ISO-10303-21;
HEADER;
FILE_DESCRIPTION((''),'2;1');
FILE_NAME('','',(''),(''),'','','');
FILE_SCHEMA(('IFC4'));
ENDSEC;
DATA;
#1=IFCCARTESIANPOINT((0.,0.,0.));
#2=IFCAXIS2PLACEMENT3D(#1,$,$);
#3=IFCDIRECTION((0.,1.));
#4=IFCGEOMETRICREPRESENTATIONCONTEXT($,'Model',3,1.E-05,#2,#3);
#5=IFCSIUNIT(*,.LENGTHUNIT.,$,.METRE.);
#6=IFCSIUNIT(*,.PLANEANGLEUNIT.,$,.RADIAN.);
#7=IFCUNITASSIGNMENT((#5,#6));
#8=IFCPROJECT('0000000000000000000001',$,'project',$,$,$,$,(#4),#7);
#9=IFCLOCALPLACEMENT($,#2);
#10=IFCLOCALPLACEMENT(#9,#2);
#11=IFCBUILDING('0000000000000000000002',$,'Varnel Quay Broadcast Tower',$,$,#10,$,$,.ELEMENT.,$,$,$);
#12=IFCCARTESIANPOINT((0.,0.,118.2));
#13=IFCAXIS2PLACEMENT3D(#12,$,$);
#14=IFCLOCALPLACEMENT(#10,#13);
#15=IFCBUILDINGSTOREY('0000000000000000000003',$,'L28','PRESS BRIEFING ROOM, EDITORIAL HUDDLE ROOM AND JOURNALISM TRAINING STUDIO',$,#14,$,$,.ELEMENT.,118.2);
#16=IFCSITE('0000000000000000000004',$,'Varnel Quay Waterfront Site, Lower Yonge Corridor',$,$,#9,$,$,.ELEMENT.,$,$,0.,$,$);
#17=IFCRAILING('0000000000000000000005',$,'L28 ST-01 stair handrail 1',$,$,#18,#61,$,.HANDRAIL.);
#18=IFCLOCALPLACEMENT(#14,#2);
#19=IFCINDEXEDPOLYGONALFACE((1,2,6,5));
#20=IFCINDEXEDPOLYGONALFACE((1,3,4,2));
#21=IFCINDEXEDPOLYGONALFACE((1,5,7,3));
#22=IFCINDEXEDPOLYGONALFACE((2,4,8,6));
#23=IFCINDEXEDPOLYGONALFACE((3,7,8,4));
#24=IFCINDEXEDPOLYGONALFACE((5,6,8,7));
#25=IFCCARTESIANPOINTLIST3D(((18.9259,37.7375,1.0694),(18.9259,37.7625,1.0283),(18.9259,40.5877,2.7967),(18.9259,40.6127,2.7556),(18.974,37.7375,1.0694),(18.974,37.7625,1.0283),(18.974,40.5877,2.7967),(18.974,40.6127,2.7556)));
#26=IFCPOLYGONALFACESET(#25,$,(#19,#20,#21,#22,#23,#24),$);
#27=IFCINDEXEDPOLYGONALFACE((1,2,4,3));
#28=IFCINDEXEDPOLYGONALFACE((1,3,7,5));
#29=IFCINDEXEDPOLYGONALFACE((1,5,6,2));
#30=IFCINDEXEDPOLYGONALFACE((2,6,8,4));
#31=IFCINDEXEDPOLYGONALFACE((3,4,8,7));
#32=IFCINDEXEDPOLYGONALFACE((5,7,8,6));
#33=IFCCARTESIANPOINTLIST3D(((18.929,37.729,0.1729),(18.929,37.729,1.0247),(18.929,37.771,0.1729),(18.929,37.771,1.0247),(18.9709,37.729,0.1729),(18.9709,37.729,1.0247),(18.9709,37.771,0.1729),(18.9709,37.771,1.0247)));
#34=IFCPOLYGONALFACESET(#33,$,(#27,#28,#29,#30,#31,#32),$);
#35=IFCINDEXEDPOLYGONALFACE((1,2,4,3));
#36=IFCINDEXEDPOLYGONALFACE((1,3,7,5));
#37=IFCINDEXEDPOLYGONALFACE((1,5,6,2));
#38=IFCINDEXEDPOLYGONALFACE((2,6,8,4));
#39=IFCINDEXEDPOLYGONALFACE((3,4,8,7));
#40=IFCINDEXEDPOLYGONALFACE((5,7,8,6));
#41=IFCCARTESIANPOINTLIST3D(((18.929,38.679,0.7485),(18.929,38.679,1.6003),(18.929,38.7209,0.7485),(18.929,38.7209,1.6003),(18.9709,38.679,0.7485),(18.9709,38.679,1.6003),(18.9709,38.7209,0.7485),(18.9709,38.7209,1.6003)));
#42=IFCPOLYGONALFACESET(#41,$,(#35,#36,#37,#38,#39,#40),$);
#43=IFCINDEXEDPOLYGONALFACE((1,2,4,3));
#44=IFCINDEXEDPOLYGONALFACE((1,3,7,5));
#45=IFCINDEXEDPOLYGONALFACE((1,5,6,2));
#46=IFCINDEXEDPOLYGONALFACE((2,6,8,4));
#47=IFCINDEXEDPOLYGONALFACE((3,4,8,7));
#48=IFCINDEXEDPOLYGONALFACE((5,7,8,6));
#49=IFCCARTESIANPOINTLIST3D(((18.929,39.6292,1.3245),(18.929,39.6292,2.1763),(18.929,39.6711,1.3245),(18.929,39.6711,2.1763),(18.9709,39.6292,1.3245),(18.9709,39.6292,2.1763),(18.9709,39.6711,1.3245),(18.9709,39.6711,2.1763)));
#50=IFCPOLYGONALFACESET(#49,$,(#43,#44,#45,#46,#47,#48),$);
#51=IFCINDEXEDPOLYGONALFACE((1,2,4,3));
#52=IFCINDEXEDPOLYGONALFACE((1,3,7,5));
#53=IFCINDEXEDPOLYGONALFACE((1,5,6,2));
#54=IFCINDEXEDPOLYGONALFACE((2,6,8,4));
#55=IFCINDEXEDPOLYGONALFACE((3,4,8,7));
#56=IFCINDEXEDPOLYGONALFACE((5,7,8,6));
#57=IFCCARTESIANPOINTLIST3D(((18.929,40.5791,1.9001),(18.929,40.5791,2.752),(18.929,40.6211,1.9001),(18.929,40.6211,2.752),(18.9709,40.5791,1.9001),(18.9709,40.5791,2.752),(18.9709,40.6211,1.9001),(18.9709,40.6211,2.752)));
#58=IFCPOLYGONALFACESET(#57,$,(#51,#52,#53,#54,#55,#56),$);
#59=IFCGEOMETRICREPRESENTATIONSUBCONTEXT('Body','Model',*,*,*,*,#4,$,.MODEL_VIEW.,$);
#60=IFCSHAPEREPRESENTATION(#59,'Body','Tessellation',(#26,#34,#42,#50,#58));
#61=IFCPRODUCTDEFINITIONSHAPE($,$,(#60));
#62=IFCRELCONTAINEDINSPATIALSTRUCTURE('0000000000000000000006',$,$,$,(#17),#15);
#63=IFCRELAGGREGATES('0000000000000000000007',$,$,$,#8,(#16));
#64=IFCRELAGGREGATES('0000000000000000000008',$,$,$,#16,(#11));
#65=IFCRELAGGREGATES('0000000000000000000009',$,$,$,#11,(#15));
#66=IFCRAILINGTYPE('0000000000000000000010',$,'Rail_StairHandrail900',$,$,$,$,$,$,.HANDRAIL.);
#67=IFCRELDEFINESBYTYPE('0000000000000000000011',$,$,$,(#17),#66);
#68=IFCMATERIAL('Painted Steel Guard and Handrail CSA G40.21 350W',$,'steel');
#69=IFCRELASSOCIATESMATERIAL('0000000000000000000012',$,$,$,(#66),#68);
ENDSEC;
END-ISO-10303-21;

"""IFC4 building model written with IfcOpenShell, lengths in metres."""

from ifc_helpers import new_model, si_unit, direction, frame, origin, origin_2d, place, context, subcontext, project, spatial, rectangle, extrude, material, type_object, element, save


model = new_model("IFC4")

# Units and contexts
model_context = context("Model", 3, precision=1e-05, world=origin(), true_north=direction((0.0, 1.0)))
body_context = subcontext(model_context, "Body", "Model", "MODEL_VIEW")
ifc_project = project(units=[si_unit("LENGTHUNIT", "METRE"), si_unit("PLANEANGLEUNIT", "RADIAN")], contexts=[model_context])

# Site, building, storey
site_placement = place(None, origin())
site = spatial("IfcSite", under=ifc_project, at=site_placement, Name="Varnel Quay Waterfront Site, Lower Yonge Corridor", CompositionType="ELEMENT", RefElevation=0.0)
building_placement = place(site_placement, origin())
building = spatial("IfcBuilding", under=site, at=building_placement, Name="Varnel Quay Broadcast Tower", CompositionType="ELEMENT")
storey_placement = place(building_placement, frame((0.0, 0.0, 118.2)))
storey = spatial("IfcBuildingStorey", under=building, at=storey_placement, Name="L28", Description="PRESS BRIEFING ROOM, EDITORIAL HUDDLE ROOM AND JOURNALISM TRAINING STUDIO", CompositionType="ELEMENT", Elevation=118.2)

# Railing
ifc_material_1 = material(Name="Painted Steel Guard and Handrail CSA G40.21 350W", Category="steel")
railing_type_1 = type_object("IfcRailingType", Name="Rail_StairHandrail900", PredefinedType="HANDRAIL", material=ifc_material_1)
railing_1_placement = place(storey_placement, frame((18.95, 37.75, 0.1729)))
element("IfcRailing", 1, at=railing_1_placement, inside=storey, type_object=railing_type_1, Name="L28 ST-01 stair handrail 1", PredefinedType="HANDRAIL", context=body_context, shape_type="SweptSolid", body=[
    extrude(rectangle(XDim=0.0481, YDim=0.0481, at=origin_2d()), frame((0.0, 0.0, 0.876), z_axis=(0.0, 0.855203, 0.518294), x_axis=(-1.0, 0.0, 0.0)), (0.0, 0.0, 1.0), 3.3328),
    extrude(rectangle(XDim=0.042, YDim=0.042, at=origin_2d()), origin(), (0.0, 0.0, 1.0), 0.8518),
    extrude(rectangle(XDim=0.042, YDim=0.042, at=origin_2d()), frame((0.0, 0.95, 0.5757)), (0.0, 0.0, 1.0), 0.8518),
    extrude(rectangle(XDim=0.042, YDim=0.042, at=origin_2d()), frame((0.0, 1.9001, 1.1516)), (0.0, 0.0, 1.0), 0.8518),
    extrude(rectangle(XDim=0.042, YDim=0.042, at=origin_2d()), frame((0.0, 2.8501, 1.7273)), (0.0, 0.0, 1.0), 0.8518),
])

save(model, "model.ifc")
